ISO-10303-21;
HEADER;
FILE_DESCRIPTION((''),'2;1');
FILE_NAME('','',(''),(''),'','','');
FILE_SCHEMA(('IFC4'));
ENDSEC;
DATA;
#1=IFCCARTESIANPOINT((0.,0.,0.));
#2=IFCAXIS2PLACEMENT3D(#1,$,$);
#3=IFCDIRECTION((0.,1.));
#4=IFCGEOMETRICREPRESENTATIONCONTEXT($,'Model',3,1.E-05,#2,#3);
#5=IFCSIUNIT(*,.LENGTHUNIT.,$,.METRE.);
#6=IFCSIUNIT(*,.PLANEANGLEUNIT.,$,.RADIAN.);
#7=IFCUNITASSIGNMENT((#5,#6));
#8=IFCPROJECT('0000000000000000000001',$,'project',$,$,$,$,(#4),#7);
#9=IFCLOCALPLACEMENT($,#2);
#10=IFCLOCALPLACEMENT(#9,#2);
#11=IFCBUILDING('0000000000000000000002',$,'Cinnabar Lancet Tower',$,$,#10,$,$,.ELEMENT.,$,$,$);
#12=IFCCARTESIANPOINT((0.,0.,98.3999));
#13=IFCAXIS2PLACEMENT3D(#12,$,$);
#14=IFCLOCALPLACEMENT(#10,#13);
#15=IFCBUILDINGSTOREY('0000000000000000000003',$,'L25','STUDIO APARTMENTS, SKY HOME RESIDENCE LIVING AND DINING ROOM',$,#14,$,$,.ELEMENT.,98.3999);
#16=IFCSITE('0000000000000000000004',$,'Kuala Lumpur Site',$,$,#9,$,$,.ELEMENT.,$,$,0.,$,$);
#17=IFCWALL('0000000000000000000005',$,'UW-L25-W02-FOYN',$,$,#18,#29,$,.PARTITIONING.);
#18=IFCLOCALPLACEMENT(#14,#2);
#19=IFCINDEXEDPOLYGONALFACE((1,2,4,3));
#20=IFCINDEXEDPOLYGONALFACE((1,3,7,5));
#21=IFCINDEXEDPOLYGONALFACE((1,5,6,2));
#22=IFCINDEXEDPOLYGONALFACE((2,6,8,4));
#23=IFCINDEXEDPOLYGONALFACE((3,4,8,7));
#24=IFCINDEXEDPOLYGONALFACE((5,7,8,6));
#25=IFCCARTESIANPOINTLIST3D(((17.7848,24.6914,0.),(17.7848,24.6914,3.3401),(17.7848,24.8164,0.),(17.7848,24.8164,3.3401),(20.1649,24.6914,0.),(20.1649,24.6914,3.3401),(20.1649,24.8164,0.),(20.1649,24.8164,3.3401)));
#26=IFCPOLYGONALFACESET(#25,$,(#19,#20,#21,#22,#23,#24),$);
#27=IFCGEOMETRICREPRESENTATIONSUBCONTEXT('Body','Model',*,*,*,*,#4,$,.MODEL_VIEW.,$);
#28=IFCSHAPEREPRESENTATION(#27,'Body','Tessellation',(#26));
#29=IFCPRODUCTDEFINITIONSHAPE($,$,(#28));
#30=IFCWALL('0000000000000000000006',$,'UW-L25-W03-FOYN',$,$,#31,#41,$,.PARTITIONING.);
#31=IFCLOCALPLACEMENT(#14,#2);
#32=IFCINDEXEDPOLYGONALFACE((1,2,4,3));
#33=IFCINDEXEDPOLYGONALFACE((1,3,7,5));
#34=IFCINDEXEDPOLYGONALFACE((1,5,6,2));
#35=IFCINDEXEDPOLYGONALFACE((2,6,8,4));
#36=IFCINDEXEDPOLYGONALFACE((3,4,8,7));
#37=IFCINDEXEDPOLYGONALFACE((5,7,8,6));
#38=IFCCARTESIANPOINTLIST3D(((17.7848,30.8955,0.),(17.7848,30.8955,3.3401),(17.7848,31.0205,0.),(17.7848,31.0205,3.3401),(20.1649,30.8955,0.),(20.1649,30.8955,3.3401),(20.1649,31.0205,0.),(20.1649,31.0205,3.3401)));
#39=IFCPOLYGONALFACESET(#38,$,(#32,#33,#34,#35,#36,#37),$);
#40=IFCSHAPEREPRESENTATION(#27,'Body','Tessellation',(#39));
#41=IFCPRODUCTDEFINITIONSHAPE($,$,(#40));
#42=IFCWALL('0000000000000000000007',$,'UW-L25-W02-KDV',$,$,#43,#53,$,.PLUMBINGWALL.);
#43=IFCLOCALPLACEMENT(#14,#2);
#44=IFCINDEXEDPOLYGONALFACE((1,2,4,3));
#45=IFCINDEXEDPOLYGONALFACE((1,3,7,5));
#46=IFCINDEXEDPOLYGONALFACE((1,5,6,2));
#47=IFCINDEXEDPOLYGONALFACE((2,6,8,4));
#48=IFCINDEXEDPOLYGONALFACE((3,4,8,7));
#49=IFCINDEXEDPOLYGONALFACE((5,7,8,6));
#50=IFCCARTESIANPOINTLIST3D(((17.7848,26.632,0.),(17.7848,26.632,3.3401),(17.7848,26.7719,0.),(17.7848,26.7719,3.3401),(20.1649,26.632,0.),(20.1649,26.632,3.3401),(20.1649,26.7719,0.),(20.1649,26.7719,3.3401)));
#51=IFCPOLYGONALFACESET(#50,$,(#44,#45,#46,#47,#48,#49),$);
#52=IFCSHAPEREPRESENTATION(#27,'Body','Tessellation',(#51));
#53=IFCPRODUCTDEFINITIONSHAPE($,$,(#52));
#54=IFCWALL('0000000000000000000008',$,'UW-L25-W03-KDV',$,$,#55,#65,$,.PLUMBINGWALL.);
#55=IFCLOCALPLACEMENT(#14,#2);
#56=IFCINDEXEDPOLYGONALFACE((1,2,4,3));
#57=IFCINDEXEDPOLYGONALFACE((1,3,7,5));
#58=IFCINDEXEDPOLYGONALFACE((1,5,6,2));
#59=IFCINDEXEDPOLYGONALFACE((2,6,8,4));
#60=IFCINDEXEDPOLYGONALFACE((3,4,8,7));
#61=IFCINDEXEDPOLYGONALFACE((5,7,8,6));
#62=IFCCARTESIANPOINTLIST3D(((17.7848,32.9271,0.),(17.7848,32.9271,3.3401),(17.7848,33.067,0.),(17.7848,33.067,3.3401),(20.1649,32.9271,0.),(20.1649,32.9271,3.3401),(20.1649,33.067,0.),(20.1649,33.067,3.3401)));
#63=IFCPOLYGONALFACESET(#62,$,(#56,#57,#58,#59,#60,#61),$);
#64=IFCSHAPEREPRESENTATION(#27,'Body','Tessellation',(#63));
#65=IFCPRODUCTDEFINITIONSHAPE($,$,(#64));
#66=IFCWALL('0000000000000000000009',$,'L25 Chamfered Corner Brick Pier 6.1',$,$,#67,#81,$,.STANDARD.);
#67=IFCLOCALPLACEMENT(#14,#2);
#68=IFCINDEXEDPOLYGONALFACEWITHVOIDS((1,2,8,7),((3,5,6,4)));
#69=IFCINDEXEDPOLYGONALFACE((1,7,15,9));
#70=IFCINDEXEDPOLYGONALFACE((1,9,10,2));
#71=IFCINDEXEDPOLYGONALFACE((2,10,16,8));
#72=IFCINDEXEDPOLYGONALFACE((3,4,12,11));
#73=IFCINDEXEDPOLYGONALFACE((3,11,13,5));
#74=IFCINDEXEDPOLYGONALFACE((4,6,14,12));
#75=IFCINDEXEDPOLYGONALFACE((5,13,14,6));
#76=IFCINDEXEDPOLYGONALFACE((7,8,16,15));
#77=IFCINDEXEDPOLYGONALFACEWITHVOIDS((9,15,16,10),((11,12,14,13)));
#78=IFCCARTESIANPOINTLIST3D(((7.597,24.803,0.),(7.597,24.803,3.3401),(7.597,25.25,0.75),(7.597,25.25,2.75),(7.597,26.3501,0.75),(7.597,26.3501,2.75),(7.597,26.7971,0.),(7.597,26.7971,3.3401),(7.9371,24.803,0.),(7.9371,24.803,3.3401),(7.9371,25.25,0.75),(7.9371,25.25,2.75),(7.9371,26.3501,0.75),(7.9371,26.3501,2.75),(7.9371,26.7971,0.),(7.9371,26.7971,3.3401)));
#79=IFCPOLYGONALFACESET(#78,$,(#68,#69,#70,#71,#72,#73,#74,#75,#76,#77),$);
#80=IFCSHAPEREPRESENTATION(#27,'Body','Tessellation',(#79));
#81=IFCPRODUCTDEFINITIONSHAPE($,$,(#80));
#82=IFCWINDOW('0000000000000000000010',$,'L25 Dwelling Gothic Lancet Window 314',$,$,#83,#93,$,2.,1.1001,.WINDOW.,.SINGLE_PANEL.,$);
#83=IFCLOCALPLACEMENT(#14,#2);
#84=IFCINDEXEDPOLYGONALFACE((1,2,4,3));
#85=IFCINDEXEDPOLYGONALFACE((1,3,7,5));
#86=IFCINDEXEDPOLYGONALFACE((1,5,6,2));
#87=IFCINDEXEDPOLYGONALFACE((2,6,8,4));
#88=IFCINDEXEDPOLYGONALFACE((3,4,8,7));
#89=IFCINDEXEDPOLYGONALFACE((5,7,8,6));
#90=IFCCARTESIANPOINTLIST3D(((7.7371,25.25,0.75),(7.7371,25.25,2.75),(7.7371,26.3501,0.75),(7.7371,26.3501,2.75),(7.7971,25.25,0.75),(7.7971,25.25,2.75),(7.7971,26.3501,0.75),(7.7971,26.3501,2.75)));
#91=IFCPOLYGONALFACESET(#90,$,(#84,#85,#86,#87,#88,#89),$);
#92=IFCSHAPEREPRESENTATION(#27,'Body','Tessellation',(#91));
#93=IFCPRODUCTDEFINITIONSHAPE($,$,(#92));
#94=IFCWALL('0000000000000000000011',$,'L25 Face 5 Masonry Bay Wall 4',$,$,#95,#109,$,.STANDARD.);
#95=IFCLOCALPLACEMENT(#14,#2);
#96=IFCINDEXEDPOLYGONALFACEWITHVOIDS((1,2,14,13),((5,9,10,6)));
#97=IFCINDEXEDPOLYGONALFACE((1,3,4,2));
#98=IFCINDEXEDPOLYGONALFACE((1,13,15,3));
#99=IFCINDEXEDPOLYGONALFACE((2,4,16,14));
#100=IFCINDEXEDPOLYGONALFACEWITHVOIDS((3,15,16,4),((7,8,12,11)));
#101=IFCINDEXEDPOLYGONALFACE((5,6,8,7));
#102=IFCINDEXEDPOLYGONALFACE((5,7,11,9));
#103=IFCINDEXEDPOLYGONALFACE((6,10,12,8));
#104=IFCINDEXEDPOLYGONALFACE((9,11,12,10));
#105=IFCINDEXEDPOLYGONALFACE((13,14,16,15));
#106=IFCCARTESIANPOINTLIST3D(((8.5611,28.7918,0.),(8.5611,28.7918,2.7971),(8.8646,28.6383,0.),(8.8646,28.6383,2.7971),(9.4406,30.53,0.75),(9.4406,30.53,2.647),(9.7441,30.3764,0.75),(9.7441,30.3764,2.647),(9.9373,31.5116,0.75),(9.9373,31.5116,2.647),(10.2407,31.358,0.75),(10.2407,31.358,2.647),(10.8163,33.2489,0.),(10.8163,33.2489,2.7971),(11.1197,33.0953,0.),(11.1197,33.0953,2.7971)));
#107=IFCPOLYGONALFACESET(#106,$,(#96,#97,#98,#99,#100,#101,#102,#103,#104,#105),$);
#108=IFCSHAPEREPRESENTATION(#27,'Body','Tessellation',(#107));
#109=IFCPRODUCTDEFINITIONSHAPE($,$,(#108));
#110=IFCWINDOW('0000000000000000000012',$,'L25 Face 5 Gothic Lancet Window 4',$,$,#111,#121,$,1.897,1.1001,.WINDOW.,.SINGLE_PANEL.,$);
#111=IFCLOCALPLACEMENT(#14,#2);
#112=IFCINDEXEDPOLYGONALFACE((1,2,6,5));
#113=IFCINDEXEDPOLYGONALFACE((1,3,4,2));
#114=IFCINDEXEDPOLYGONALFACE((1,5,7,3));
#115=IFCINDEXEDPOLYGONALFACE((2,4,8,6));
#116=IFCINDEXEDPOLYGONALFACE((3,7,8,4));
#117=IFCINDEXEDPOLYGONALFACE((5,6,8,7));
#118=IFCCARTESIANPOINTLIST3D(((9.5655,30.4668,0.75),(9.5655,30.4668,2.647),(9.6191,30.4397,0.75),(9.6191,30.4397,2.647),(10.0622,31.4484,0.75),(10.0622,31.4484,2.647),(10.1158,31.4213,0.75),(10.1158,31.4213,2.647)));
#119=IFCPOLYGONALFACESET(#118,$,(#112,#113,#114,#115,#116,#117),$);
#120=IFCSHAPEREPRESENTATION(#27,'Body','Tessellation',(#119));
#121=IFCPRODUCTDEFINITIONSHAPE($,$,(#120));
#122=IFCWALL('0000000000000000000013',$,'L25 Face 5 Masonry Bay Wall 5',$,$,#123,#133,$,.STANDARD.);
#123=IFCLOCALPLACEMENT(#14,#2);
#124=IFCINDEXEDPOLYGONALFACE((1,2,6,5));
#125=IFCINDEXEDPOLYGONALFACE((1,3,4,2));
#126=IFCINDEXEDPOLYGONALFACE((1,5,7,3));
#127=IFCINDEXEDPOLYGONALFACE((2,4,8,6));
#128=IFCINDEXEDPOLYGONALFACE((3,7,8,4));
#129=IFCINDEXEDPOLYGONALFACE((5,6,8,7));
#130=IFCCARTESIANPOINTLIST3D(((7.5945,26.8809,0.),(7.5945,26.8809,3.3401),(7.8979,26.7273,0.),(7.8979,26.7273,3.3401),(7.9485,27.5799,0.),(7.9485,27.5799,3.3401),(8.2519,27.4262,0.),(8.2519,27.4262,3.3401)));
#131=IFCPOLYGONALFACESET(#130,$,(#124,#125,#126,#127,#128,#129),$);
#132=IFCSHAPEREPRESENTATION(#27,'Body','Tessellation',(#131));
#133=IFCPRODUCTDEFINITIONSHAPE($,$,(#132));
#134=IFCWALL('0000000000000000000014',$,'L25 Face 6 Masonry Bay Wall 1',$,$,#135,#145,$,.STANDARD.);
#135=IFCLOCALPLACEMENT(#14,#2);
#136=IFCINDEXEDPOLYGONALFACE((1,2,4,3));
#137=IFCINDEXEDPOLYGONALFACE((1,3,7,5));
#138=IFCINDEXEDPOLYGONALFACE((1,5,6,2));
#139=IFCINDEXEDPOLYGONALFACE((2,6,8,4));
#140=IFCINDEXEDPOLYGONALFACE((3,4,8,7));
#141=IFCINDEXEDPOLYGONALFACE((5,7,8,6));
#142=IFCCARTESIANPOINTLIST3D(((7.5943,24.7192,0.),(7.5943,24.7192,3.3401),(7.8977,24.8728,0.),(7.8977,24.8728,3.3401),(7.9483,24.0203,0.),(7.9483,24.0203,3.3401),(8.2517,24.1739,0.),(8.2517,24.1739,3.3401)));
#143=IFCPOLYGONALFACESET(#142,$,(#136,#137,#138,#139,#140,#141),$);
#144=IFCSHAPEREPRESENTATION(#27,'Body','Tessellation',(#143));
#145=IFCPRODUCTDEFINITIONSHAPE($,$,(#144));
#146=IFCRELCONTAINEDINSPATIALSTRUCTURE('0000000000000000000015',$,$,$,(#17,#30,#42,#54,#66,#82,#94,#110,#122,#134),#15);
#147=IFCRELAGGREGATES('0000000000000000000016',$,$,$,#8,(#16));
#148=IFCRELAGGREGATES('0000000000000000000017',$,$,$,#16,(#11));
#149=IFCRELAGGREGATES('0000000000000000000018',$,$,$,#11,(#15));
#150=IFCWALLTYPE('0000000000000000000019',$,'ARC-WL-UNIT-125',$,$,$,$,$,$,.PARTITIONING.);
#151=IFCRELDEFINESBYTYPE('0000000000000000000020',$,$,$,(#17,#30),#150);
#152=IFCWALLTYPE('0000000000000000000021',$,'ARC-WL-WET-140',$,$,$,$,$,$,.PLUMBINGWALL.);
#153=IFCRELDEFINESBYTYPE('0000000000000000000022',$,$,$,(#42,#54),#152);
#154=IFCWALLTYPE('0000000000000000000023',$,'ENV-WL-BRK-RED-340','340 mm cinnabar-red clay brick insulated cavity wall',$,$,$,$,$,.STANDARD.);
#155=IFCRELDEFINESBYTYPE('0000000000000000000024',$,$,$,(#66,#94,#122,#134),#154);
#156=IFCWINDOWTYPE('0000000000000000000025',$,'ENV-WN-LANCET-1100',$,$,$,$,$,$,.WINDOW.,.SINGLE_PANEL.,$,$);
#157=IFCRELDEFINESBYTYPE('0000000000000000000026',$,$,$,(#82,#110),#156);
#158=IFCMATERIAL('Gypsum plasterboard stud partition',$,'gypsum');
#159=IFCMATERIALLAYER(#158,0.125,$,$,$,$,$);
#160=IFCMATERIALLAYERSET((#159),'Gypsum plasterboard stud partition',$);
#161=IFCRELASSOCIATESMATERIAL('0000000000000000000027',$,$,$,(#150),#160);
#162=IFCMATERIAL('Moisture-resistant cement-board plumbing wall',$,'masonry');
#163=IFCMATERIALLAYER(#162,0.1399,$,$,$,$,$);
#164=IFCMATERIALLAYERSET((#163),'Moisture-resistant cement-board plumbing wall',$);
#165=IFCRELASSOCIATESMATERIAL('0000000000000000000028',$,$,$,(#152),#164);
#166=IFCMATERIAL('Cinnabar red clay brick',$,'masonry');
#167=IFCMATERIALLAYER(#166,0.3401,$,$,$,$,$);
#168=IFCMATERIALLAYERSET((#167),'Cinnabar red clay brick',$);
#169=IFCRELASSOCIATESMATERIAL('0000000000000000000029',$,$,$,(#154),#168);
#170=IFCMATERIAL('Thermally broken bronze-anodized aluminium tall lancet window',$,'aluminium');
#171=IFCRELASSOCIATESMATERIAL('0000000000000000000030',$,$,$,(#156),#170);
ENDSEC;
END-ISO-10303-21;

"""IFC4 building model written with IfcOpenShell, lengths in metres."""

from ifc_helpers import new_model, si_unit, direction, frame, frame_2d, origin, place, context, subcontext, project, spatial, rectangle, extrude, material, layer, layer_set, type_object, element, fill, save


model = new_model("IFC4")

# Units and contexts
model_context = context("Model", 3, precision=1e-05, world=origin(), true_north=direction((0.0, 1.0)))
body_context = subcontext(model_context, "Body", "Model", "MODEL_VIEW")
ifc_project = project(units=[si_unit("LENGTHUNIT", "METRE"), si_unit("PLANEANGLEUNIT", "RADIAN")], contexts=[model_context])

# Site, building, storey
site_placement = place(None, origin())
site = spatial("IfcSite", under=ifc_project, at=site_placement, Name="Kuala Lumpur Site", CompositionType="ELEMENT", RefElevation=0.0)
building_placement = place(site_placement, origin())
building = spatial("IfcBuilding", under=site, at=building_placement, Name="Cinnabar Lancet Tower", CompositionType="ELEMENT")
storey_placement = place(building_placement, frame((0.0, 0.0, 98.3999)))
storey = spatial("IfcBuildingStorey", under=building, at=storey_placement, Name="L25", Description="STUDIO APARTMENTS, SKY HOME RESIDENCE LIVING AND DINING ROOM", CompositionType="ELEMENT", Elevation=98.3999)

# Walls
ifc_material_1 = material(Name="Gypsum plasterboard stud partition", Category="gypsum")
ifc_layer_1 = layer(ifc_material_1, 0.125)
ifc_layer_set_1 = layer_set([ifc_layer_1], Name="Gypsum plasterboard stud partition")
wall_type_1 = type_object("IfcWallType", Name="ARC-WL-UNIT-125", PredefinedType="PARTITIONING", material=ifc_layer_set_1)
for number, where, z_axis, x_axis, name in (
    (1, (17.7849, 24.7539, 0.0), (0.0, 0.0, 1.0), (1.0, 0.0, 0.0), "UW-L25-W02-FOYN"),
    (2, (17.7849, 30.958, 0.0), (0.0, 0.0, 1.0), (1.0, 0.0, 0.0), "UW-L25-W03-FOYN"),
):
    element("IfcWall", number, at=place(storey_placement, frame(where, z_axis=z_axis, x_axis=x_axis)), inside=storey, type_object=wall_type_1, Name=name, PredefinedType="PARTITIONING", context=body_context, shape_type="SweptSolid", body=[
        extrude(rectangle(XDim=2.3801, YDim=0.125, at=frame_2d((1.1899, 0.0))), origin(), (0.0, 0.0, 1.0), 3.3401),
    ])

# Shared definitions
ifc_material_2 = material(Name="Moisture-resistant cement-board plumbing wall", Category="masonry")
ifc_layer_2 = layer(ifc_material_2, 0.1399)
ifc_layer_set_2 = layer_set([ifc_layer_2], Name="Moisture-resistant cement-board plumbing wall")
wall_type_2 = type_object("IfcWallType", Name="ARC-WL-WET-140", PredefinedType="PLUMBINGWALL", material=ifc_layer_set_2)

# Wall
wall_1_placement = place(storey_placement, frame((17.7849, 26.7019, 0.0), z_axis=(0.0, 0.0, 1.0), x_axis=(1.0, 0.0, 0.0)))
element("IfcWall", 3, at=wall_1_placement, inside=storey, type_object=wall_type_2, Name="UW-L25-W02-KDV", PredefinedType="PLUMBINGWALL", context=body_context, shape_type="SweptSolid", body=[
    extrude(rectangle(XDim=2.3801, YDim=0.1399, at=frame_2d((1.1899, 0.0))), origin(), (0.0, 0.0, 1.0), 3.3401),
])

# Wall
wall_2_placement = place(storey_placement, frame((17.7849, 32.9971, 0.0), z_axis=(0.0, 0.0, 1.0), x_axis=(1.0, 0.0, 0.0)))
element("IfcWall", 4, at=wall_2_placement, inside=storey, type_object=wall_type_2, Name="UW-L25-W03-KDV", PredefinedType="PLUMBINGWALL", context=body_context, shape_type="SweptSolid", body=[
    extrude(rectangle(XDim=2.3801, YDim=0.1399, at=frame_2d((1.1899, 0.0))), origin(), (0.0, 0.0, 1.0), 3.3401),
])

# Walls, openings, windows
ifc_material_3 = material(Name="Cinnabar red clay brick", Category="masonry")
ifc_layer_3 = layer(ifc_material_3, 0.3401)
ifc_layer_set_3 = layer_set([ifc_layer_3], Name="Cinnabar red clay brick")
wall_type_3 = type_object("IfcWallType", Name="ENV-WL-BRK-RED-340", Description="340 mm cinnabar-red clay brick insulated cavity wall", PredefinedType="STANDARD", material=ifc_layer_set_3)
wall_3_placement = place(storey_placement, frame((7.7671, 26.7971, 0.0), z_axis=(0.0, 0.0, 1.0), x_axis=(0.0, -1.0, 0.0)))
wall_3 = element("IfcWall", 5, at=wall_3_placement, inside=storey, type_object=wall_type_3, Name="L25 Chamfered Corner Brick Pier 6.1", PredefinedType="STANDARD", context=body_context, shape_type="SweptSolid", body=[
    extrude(rectangle(XDim=1.9941, YDim=0.3401, at=frame_2d((0.9971, 0.0))), origin(), (0.0, 0.0, 1.0), 3.3401),
])
opening_1_placement = place(wall_3_placement, frame((0.447, 0.0, 0.75)))
opening_1 = element("IfcOpeningElement", 6, at=opening_1_placement, cuts=wall_3, PredefinedType="OPENING", context=body_context, shape_type="SweptSolid", body=[
    extrude(rectangle(XDim=1.1001, YDim=2.0, at=frame_2d((0.55, 1.0))), frame((0.0, 0.1799, 0.0), z_axis=(0.0, -1.0, 0.0), x_axis=(1.0, 0.0, 0.0)), (0.0, 0.0, 1.0), 0.3601),
])
ifc_material_4 = material(Name="Thermally broken bronze-anodized aluminium tall lancet window", Category="aluminium")
window_type = type_object("IfcWindowType", Name="ENV-WN-LANCET-1100", PartitioningType="SINGLE_PANEL", PredefinedType="WINDOW", material=ifc_material_4)
window_1_placement = place(opening_1_placement, origin())
window_1 = element("IfcWindow", 7, at=window_1_placement, inside=storey, type_object=window_type, Name="L25 Dwelling Gothic Lancet Window 314", OverallHeight=2.0, OverallWidth=1.1001, PartitioningType="SINGLE_PANEL", PredefinedType="WINDOW", context=body_context, shape_type="SweptSolid", body=[
    extrude(rectangle(XDim=1.1001, YDim=2.0, at=frame_2d((0.55, 1.0))), frame((0.0, 0.03, 0.0), z_axis=(0.0, -1.0, 0.0), x_axis=(1.0, 0.0, 0.0)), (0.0, 0.0, 1.0), 0.0601),
])
fill(opening_1, window_1)
wall_4_placement = place(storey_placement, frame((10.968, 33.1721, 0.0), z_axis=(0.0, 0.0, 1.0), x_axis=(-0.451471, -0.892286, 0.0)))
wall_4 = element("IfcWall", 8, at=wall_4_placement, inside=storey, type_object=wall_type_3, Name="L25 Face 5 Masonry Bay Wall 4", PredefinedType="STANDARD", context=body_context, shape_type="SweptSolid", body=[
    extrude(rectangle(XDim=4.9951, YDim=0.3401, at=frame_2d((2.4976, 0.0))), origin(), (0.0, 0.0, 1.0), 2.7971),
])
opening_2_placement = place(wall_4_placement, frame((1.947, 0.0, 0.75)))
opening_2 = element("IfcOpeningElement", 9, at=opening_2_placement, cuts=wall_4, PredefinedType="OPENING", context=body_context, shape_type="SweptSolid", body=[
    extrude(rectangle(XDim=1.1001, YDim=1.897, at=frame_2d((0.55, 0.9485))), frame((0.0, 0.1799, 0.0), z_axis=(0.0, -1.0, 0.0), x_axis=(1.0, 0.0, 0.0)), (0.0, 0.0, 1.0), 0.3601),
])
window_2_placement = place(opening_2_placement, origin())
window_2 = element("IfcWindow", 10, at=window_2_placement, inside=storey, type_object=window_type, Name="L25 Face 5 Gothic Lancet Window 4", OverallHeight=1.897, OverallWidth=1.1001, PartitioningType="SINGLE_PANEL", PredefinedType="WINDOW", context=body_context, shape_type="SweptSolid", body=[
    extrude(rectangle(XDim=1.1001, YDim=1.897, at=frame_2d((0.55, 0.9485))), frame((0.0, 0.03, 0.0), z_axis=(0.0, -1.0, 0.0), x_axis=(1.0, 0.0, 0.0)), (0.0, 0.0, 1.0), 0.0601),
])
fill(opening_2, window_2)

# Walls
for number, where, z_axis, x_axis, name in (
    (11, (8.1001, 27.5029, 0.0), (0.0, 0.0, 1.0), (-0.451819, -0.892109, 0.0), "L25 Face 5 Masonry Bay Wall 5"),
    (12, (7.7461, 24.7959, 0.0), (0.0, 0.0, 1.0), (0.451819, -0.892109, 0.0), "L25 Face 6 Masonry Bay Wall 1"),
):
    element("IfcWall", number, at=place(storey_placement, frame(where, z_axis=z_axis, x_axis=x_axis)), inside=storey, type_object=wall_type_3, Name=name, PredefinedType="STANDARD", context=body_context, shape_type="SweptSolid", body=[
        extrude(rectangle(XDim=0.7834, YDim=0.3401, at=frame_2d((0.3916, 0.0))), origin(), (0.0, 0.0, 1.0), 3.3401),
    ])

save(model, "model.ifc")
